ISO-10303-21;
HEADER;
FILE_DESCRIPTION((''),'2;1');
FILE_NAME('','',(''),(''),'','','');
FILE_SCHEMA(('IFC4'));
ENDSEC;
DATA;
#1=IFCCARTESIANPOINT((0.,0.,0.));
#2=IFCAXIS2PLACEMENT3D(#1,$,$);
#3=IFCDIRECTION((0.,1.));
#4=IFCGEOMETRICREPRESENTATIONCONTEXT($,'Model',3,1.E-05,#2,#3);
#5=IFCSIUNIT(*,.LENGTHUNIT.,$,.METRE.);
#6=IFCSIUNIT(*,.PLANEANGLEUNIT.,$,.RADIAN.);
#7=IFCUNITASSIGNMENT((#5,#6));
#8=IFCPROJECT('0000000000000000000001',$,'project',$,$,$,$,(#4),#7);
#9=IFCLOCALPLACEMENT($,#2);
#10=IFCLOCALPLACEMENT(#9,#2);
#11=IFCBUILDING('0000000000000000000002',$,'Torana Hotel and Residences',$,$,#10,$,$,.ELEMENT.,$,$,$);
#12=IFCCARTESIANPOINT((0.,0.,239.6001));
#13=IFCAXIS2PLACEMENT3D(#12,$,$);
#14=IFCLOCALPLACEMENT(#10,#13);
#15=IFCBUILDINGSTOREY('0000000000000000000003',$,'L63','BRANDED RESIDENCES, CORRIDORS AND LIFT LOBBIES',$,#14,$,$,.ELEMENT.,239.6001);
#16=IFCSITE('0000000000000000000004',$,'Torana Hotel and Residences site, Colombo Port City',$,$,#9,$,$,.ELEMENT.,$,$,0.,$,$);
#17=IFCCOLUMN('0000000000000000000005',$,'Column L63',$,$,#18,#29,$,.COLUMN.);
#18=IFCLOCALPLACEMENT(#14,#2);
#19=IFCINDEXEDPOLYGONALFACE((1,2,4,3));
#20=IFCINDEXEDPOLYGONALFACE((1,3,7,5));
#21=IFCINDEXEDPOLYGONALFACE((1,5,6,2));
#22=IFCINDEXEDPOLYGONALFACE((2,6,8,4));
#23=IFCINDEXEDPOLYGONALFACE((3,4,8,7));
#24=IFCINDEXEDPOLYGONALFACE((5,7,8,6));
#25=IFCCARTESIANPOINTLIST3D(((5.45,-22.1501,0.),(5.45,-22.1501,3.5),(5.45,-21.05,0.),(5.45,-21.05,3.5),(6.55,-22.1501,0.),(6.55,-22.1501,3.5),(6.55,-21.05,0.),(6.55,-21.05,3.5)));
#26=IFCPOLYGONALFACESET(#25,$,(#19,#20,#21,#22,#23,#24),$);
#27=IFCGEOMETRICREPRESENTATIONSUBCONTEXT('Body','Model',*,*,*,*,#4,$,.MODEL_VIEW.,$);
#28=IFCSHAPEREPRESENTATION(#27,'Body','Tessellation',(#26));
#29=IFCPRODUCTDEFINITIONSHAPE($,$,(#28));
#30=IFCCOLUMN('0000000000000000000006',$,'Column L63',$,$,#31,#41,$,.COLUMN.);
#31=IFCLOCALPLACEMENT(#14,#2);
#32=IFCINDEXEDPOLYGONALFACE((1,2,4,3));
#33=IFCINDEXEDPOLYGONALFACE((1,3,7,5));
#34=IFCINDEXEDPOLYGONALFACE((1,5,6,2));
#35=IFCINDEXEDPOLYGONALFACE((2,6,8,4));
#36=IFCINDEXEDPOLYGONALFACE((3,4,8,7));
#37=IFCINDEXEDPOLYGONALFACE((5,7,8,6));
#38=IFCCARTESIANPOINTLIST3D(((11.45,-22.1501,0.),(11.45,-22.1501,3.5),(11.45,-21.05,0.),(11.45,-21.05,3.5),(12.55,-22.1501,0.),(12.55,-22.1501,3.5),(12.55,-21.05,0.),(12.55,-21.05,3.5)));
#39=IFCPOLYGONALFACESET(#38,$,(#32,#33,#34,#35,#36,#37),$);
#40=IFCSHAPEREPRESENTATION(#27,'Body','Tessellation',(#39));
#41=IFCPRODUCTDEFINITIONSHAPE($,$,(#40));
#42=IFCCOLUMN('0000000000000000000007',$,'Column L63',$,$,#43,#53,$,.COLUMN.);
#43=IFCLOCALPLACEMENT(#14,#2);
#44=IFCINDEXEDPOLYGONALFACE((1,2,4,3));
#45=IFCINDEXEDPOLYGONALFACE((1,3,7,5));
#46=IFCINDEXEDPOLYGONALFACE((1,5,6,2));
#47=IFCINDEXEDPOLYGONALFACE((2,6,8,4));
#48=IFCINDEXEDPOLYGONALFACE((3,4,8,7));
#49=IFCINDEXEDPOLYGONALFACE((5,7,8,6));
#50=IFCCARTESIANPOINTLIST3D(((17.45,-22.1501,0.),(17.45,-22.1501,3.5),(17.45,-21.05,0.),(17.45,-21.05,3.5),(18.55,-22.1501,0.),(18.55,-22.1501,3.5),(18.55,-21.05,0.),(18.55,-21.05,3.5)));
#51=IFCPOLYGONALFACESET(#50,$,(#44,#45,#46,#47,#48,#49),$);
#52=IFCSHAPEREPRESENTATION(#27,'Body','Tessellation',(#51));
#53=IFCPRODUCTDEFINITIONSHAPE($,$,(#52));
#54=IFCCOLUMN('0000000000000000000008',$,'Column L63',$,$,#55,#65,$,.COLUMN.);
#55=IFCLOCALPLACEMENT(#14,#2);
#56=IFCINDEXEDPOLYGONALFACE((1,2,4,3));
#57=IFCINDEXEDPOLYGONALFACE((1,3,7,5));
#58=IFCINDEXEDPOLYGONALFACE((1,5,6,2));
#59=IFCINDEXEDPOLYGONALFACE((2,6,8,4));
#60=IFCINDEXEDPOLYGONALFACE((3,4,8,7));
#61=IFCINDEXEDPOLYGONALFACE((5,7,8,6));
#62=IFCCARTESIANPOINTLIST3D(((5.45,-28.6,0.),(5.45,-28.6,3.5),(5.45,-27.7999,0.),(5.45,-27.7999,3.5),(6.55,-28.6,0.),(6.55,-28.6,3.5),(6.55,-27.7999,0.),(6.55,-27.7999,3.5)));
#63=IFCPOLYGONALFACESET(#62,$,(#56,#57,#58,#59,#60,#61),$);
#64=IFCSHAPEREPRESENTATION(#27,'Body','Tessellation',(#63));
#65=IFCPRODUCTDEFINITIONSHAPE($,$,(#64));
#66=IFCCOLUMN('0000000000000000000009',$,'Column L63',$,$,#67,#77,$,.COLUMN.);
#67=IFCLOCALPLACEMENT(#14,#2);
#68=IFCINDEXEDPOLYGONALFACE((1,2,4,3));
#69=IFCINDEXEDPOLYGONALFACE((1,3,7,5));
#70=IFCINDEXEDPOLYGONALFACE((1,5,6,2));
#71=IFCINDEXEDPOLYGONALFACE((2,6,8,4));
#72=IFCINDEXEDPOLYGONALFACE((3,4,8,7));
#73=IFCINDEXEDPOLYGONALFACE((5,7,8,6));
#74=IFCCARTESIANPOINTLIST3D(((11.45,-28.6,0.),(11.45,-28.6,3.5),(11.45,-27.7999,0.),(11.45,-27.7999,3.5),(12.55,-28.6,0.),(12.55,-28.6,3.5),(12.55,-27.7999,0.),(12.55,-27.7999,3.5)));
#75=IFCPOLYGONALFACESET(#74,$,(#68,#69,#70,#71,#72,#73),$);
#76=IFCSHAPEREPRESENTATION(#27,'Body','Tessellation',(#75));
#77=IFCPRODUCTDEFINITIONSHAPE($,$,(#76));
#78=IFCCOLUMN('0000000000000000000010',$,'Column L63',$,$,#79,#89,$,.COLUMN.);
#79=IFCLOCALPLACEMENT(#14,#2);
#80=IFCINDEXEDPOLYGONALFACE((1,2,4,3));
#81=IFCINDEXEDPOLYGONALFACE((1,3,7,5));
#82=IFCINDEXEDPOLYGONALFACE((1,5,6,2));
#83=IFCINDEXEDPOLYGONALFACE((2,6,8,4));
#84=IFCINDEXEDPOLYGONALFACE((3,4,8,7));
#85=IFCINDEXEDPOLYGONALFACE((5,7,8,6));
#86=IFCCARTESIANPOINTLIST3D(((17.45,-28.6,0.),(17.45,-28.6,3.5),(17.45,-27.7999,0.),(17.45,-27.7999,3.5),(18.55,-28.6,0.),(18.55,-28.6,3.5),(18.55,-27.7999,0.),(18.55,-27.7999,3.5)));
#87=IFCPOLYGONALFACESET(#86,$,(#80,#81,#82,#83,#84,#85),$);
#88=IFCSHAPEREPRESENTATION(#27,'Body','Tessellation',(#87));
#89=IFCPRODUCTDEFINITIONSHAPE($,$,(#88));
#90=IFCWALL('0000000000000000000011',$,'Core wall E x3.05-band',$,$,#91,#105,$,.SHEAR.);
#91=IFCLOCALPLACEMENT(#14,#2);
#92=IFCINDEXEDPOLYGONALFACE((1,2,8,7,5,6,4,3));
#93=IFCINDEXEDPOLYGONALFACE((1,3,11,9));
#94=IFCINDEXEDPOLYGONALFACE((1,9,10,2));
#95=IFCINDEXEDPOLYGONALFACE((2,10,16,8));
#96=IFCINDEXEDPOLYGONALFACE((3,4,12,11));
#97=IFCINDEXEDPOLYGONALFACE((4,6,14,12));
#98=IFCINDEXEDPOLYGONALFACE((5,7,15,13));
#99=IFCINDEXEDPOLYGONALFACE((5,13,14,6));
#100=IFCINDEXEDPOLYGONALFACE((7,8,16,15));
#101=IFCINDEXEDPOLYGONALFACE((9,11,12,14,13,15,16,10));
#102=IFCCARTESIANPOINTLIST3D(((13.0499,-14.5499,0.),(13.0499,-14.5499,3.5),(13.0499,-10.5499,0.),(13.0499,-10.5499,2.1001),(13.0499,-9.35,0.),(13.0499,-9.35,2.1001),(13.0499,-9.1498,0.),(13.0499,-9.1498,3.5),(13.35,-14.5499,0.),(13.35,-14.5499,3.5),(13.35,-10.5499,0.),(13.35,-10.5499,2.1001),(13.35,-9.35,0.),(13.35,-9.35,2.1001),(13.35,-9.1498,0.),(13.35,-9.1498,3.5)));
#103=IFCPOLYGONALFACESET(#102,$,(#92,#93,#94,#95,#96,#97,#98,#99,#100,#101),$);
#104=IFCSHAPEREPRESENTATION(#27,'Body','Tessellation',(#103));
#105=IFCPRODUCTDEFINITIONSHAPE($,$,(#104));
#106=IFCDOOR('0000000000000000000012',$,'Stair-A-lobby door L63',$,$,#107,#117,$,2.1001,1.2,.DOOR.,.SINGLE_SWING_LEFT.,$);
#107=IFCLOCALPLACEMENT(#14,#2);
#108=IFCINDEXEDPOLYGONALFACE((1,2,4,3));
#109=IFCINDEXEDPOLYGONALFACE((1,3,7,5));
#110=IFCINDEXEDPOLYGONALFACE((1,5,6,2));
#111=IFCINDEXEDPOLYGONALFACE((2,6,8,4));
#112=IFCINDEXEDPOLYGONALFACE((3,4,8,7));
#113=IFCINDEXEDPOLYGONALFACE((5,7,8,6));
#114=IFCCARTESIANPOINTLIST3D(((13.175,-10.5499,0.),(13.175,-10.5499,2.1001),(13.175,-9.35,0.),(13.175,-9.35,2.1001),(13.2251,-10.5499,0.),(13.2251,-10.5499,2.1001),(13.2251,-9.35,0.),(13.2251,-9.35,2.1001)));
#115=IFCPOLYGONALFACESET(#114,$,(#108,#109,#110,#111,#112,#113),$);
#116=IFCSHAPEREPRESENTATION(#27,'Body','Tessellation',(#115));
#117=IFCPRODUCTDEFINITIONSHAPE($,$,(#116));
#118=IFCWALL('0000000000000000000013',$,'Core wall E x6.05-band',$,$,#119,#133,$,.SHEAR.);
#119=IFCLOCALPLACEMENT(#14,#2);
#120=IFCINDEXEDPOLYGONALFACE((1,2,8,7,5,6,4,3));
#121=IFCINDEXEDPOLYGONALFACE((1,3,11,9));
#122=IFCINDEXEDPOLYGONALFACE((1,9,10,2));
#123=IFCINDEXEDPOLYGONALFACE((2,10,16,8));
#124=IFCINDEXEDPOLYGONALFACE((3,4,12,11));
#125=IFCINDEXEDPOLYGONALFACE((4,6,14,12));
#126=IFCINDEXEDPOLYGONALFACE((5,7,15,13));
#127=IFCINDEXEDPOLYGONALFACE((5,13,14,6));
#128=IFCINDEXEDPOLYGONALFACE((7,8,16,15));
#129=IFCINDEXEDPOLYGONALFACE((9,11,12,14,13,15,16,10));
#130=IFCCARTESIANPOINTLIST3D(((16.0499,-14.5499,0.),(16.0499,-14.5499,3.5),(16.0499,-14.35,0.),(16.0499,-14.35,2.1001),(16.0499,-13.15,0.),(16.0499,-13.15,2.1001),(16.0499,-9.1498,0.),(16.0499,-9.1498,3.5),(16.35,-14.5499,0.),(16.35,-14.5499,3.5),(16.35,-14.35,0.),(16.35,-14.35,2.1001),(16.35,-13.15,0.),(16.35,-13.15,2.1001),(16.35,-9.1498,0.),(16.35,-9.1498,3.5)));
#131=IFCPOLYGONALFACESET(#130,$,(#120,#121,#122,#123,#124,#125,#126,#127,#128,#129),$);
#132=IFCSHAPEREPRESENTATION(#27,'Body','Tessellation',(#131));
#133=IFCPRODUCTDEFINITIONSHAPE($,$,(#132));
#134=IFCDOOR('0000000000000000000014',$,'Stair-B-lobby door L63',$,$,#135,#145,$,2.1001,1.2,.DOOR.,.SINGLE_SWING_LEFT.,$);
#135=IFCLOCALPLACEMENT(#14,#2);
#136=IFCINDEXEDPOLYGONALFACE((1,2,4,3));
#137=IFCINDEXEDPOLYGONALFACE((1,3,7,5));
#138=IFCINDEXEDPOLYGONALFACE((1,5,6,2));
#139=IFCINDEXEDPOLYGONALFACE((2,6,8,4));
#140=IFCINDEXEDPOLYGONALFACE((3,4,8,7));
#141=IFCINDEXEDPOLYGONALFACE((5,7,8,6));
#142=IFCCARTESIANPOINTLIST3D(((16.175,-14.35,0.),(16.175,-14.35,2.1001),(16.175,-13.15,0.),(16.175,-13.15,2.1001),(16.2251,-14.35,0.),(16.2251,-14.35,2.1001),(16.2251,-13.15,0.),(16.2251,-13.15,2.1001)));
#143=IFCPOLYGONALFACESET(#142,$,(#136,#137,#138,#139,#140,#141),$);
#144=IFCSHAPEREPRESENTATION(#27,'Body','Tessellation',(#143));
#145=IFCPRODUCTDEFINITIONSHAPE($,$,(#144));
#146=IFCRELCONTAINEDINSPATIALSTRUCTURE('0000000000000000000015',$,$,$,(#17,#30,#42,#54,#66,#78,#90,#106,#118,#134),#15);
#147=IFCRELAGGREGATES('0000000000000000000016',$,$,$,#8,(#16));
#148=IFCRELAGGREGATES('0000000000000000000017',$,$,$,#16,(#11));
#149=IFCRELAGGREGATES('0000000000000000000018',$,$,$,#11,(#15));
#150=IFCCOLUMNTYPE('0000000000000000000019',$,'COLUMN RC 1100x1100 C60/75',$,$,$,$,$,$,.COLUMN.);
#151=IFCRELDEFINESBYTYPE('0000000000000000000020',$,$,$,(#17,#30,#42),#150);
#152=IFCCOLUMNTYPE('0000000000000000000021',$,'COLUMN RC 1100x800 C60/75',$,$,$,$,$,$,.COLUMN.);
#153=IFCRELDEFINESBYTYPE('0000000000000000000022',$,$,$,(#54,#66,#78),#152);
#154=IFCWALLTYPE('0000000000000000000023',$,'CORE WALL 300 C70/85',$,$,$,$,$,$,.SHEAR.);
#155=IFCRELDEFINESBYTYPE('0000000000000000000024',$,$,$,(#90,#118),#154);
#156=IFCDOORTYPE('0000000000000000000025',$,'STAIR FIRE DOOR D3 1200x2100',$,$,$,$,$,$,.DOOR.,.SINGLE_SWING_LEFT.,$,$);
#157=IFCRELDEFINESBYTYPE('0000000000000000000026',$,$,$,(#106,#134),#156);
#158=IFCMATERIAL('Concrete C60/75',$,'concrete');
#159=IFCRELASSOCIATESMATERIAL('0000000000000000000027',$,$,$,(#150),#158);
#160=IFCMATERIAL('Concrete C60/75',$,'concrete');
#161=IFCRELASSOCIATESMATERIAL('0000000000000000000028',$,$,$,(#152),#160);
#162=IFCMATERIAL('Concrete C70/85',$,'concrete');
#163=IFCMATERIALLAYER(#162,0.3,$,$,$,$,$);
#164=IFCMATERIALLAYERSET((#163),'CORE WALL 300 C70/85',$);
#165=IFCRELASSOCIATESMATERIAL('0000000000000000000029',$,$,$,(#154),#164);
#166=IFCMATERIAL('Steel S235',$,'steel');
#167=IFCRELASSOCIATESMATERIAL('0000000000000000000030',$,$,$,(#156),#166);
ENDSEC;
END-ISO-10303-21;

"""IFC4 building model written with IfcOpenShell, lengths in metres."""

from ifc_helpers import new_model, si_unit, direction, frame, frame_2d, origin, origin_2d, place, context, subcontext, project, spatial, rectangle, extrude, material, layer, layer_set, material_profile, profile_set, type_object, element, fill, save


model = new_model("IFC4")

# Units and contexts
model_context = context("Model", 3, precision=1e-05, world=origin(), true_north=direction((0.0, 1.0)))
body_context = subcontext(model_context, "Body", "Model", "MODEL_VIEW")
ifc_project = project(units=[si_unit("LENGTHUNIT", "METRE"), si_unit("PLANEANGLEUNIT", "RADIAN")], contexts=[model_context])

# Site, building, storey
site_placement = place(None, origin())
site = spatial("IfcSite", under=ifc_project, at=site_placement, Name="Torana Hotel and Residences site, Colombo Port City", CompositionType="ELEMENT", RefElevation=0.0)
building_placement = place(site_placement, origin())
building = spatial("IfcBuilding", under=site, at=building_placement, Name="Torana Hotel and Residences", CompositionType="ELEMENT")
storey_placement = place(building_placement, frame((0.0, 0.0, 239.6001)))
storey = spatial("IfcBuildingStorey", under=building, at=storey_placement, Name="L63", Description="BRANDED RESIDENCES, CORRIDORS AND LIFT LOBBIES", CompositionType="ELEMENT", Elevation=239.6001)

# Columns
ifc_material_1 = material(Name="Concrete C60/75", Category="concrete")
ifc_material_profile_1 = material_profile(ifc_material_1, rectangle(XDim=1.1001, YDim=1.1001, at=origin_2d()), Name="RC 1100x1100")
ifc_profile_set_1 = profile_set([ifc_material_profile_1], Name="Concrete C60/75")
column_type_1 = type_object("IfcColumnType", Name="COLUMN RC 1100x1100 C60/75", PredefinedType="COLUMN", material=ifc_profile_set_1)
for number, where, z_axis, x_axis, name in (
    (1, (6.0, -21.6001, 0.0), (0.0, 0.0, 1.0), (1.0, 0.0, 0.0), "Column L63"),
    (2, (12.0, -21.6001, 0.0), (0.0, 0.0, 1.0), (1.0, 0.0, 0.0), "Column L63"),
    (3, (18.0, -21.6001, 0.0), (0.0, 0.0, 1.0), (1.0, 0.0, 0.0), "Column L63"),
):
    element("IfcColumn", number, at=place(storey_placement, frame(where, z_axis=z_axis, x_axis=x_axis)), inside=storey, type_object=column_type_1, Name=name, PredefinedType="COLUMN", context=body_context, shape_type="SweptSolid", body=[
        extrude(rectangle(XDim=1.1001, YDim=1.1001, at=origin_2d()), origin(), (0.0, 0.0, 1.0), 3.5),
    ])
ifc_material_2 = material(Name="Concrete C60/75", Category="concrete")
ifc_material_profile_2 = material_profile(ifc_material_2, rectangle(XDim=1.1001, YDim=0.8, at=origin_2d()), Name="RC 1100x800")
ifc_profile_set_2 = profile_set([ifc_material_profile_2], Name="Concrete C60/75")
column_type_2 = type_object("IfcColumnType", Name="COLUMN RC 1100x800 C60/75", PredefinedType="COLUMN", material=ifc_profile_set_2)
for number, where, z_axis, x_axis, name in (
    (4, (6.0, -28.2, 0.0), (0.0, 0.0, 1.0), (1.0, 0.0, 0.0), "Column L63"),
    (5, (12.0, -28.2, 0.0), (0.0, 0.0, 1.0), (1.0, 0.0, 0.0), "Column L63"),
    (6, (18.0, -28.2, 0.0), (0.0, 0.0, 1.0), (1.0, 0.0, 0.0), "Column L63"),
):
    element("IfcColumn", number, at=place(storey_placement, frame(where, z_axis=z_axis, x_axis=x_axis)), inside=storey, type_object=column_type_2, Name=name, PredefinedType="COLUMN", context=body_context, shape_type="SweptSolid", body=[
        extrude(rectangle(XDim=1.1001, YDim=0.8, at=origin_2d()), origin(), (0.0, 0.0, 1.0), 3.5),
    ])

# Walls, openings, doors
ifc_material_3 = material(Name="Concrete C70/85", Category="concrete")
ifc_layer_1 = layer(ifc_material_3, 0.3)
ifc_layer_set_1 = layer_set([ifc_layer_1], Name="CORE WALL 300 C70/85")
wall_type_1 = type_object("IfcWallType", Name="CORE WALL 300 C70/85", PredefinedType="SHEAR", material=ifc_layer_set_1)
wall_1_placement = place(storey_placement, frame((13.2, -14.55, 0.0), z_axis=(0.0, 0.0, 1.0), x_axis=(0.0, 1.0, 0.0)))
wall_1 = element("IfcWall", 7, at=wall_1_placement, inside=storey, type_object=wall_type_1, Name="Core wall E x3.05-band", PredefinedType="SHEAR", context=body_context, shape_type="SweptSolid", body=[
    extrude(rectangle(XDim=5.4001, YDim=0.3, at=frame_2d((2.7002, 0.0))), origin(), (0.0, 0.0, 1.0), 3.5),
])
opening_1_placement = place(wall_1_placement, frame((4.0, 0.0, 0.0)))
opening_1 = element("IfcOpeningElement", 8, at=opening_1_placement, cuts=wall_1, PredefinedType="OPENING", context=body_context, shape_type="SweptSolid", body=[
    extrude(rectangle(XDim=1.2, YDim=2.1001, at=frame_2d((0.6001, 1.05))), frame((0.0, 0.1599, 0.0), z_axis=(0.0, -1.0, 0.0), x_axis=(1.0, 0.0, 0.0)), (0.0, 0.0, 1.0), 0.3201),
])
ifc_material_4 = material(Name="Steel S235", Category="steel")
door_type_1 = type_object("IfcDoorType", Name="STAIR FIRE DOOR D3 1200x2100", OperationType="SINGLE_SWING_LEFT", PredefinedType="DOOR", material=ifc_material_4)
door_1_placement = place(opening_1_placement, origin())
door_1 = element("IfcDoor", 9, at=door_1_placement, inside=storey, type_object=door_type_1, Name="Stair-A-lobby door L63", OperationType="SINGLE_SWING_LEFT", OverallHeight=2.1001, OverallWidth=1.2, PredefinedType="DOOR", context=body_context, shape_type="SweptSolid", body=[
    extrude(rectangle(XDim=1.2, YDim=2.1001, at=frame_2d((0.6001, 1.05))), frame((0.0, 0.0249, 0.0), z_axis=(0.0, -1.0, 0.0), x_axis=(1.0, 0.0, 0.0)), (0.0, 0.0, 1.0), 0.05),
])
fill(opening_1, door_1)
wall_2_placement = place(storey_placement, frame((16.2, -14.55, 0.0), z_axis=(0.0, 0.0, 1.0), x_axis=(0.0, 1.0, 0.0)))
wall_2 = element("IfcWall", 10, at=wall_2_placement, inside=storey, type_object=wall_type_1, Name="Core wall E x6.05-band", PredefinedType="SHEAR", context=body_context, shape_type="SweptSolid", body=[
    extrude(rectangle(XDim=5.4001, YDim=0.3, at=frame_2d((2.7002, 0.0))), origin(), (0.0, 0.0, 1.0), 3.5),
])
opening_2_placement = place(wall_2_placement, frame((0.2, 0.0, 0.0)))
opening_2 = element("IfcOpeningElement", 11, at=opening_2_placement, cuts=wall_2, PredefinedType="OPENING", context=body_context, shape_type="SweptSolid", body=[
    extrude(rectangle(XDim=1.2, YDim=2.1001, at=frame_2d((0.6001, 1.05))), frame((0.0, 0.1599, 0.0), z_axis=(0.0, -1.0, 0.0), x_axis=(1.0, 0.0, 0.0)), (0.0, 0.0, 1.0), 0.3201),
])
door_2_placement = place(opening_2_placement, frame((0.6001, 0.0, 0.0), z_axis=(0.0, 0.0, 1.0), x_axis=(-1.0, 0.0, 0.0)))
door_2 = element("IfcDoor", 12, at=door_2_placement, inside=storey, type_object=door_type_1, Name="Stair-B-lobby door L63", OperationType="SINGLE_SWING_LEFT", OverallHeight=2.1001, OverallWidth=1.2, PredefinedType="DOOR", context=body_context, shape_type="SweptSolid", body=[
    extrude(rectangle(XDim=1.2, YDim=2.1001, at=frame_2d((0.0, 1.05))), frame((0.0, -0.0249, 0.0), z_axis=(0.0, 1.0, 0.0), x_axis=(-1.0, 0.0, 0.0)), (0.0, 0.0, 1.0), 0.05),
])
fill(opening_2, door_2)

save(model, "model.ifc")
